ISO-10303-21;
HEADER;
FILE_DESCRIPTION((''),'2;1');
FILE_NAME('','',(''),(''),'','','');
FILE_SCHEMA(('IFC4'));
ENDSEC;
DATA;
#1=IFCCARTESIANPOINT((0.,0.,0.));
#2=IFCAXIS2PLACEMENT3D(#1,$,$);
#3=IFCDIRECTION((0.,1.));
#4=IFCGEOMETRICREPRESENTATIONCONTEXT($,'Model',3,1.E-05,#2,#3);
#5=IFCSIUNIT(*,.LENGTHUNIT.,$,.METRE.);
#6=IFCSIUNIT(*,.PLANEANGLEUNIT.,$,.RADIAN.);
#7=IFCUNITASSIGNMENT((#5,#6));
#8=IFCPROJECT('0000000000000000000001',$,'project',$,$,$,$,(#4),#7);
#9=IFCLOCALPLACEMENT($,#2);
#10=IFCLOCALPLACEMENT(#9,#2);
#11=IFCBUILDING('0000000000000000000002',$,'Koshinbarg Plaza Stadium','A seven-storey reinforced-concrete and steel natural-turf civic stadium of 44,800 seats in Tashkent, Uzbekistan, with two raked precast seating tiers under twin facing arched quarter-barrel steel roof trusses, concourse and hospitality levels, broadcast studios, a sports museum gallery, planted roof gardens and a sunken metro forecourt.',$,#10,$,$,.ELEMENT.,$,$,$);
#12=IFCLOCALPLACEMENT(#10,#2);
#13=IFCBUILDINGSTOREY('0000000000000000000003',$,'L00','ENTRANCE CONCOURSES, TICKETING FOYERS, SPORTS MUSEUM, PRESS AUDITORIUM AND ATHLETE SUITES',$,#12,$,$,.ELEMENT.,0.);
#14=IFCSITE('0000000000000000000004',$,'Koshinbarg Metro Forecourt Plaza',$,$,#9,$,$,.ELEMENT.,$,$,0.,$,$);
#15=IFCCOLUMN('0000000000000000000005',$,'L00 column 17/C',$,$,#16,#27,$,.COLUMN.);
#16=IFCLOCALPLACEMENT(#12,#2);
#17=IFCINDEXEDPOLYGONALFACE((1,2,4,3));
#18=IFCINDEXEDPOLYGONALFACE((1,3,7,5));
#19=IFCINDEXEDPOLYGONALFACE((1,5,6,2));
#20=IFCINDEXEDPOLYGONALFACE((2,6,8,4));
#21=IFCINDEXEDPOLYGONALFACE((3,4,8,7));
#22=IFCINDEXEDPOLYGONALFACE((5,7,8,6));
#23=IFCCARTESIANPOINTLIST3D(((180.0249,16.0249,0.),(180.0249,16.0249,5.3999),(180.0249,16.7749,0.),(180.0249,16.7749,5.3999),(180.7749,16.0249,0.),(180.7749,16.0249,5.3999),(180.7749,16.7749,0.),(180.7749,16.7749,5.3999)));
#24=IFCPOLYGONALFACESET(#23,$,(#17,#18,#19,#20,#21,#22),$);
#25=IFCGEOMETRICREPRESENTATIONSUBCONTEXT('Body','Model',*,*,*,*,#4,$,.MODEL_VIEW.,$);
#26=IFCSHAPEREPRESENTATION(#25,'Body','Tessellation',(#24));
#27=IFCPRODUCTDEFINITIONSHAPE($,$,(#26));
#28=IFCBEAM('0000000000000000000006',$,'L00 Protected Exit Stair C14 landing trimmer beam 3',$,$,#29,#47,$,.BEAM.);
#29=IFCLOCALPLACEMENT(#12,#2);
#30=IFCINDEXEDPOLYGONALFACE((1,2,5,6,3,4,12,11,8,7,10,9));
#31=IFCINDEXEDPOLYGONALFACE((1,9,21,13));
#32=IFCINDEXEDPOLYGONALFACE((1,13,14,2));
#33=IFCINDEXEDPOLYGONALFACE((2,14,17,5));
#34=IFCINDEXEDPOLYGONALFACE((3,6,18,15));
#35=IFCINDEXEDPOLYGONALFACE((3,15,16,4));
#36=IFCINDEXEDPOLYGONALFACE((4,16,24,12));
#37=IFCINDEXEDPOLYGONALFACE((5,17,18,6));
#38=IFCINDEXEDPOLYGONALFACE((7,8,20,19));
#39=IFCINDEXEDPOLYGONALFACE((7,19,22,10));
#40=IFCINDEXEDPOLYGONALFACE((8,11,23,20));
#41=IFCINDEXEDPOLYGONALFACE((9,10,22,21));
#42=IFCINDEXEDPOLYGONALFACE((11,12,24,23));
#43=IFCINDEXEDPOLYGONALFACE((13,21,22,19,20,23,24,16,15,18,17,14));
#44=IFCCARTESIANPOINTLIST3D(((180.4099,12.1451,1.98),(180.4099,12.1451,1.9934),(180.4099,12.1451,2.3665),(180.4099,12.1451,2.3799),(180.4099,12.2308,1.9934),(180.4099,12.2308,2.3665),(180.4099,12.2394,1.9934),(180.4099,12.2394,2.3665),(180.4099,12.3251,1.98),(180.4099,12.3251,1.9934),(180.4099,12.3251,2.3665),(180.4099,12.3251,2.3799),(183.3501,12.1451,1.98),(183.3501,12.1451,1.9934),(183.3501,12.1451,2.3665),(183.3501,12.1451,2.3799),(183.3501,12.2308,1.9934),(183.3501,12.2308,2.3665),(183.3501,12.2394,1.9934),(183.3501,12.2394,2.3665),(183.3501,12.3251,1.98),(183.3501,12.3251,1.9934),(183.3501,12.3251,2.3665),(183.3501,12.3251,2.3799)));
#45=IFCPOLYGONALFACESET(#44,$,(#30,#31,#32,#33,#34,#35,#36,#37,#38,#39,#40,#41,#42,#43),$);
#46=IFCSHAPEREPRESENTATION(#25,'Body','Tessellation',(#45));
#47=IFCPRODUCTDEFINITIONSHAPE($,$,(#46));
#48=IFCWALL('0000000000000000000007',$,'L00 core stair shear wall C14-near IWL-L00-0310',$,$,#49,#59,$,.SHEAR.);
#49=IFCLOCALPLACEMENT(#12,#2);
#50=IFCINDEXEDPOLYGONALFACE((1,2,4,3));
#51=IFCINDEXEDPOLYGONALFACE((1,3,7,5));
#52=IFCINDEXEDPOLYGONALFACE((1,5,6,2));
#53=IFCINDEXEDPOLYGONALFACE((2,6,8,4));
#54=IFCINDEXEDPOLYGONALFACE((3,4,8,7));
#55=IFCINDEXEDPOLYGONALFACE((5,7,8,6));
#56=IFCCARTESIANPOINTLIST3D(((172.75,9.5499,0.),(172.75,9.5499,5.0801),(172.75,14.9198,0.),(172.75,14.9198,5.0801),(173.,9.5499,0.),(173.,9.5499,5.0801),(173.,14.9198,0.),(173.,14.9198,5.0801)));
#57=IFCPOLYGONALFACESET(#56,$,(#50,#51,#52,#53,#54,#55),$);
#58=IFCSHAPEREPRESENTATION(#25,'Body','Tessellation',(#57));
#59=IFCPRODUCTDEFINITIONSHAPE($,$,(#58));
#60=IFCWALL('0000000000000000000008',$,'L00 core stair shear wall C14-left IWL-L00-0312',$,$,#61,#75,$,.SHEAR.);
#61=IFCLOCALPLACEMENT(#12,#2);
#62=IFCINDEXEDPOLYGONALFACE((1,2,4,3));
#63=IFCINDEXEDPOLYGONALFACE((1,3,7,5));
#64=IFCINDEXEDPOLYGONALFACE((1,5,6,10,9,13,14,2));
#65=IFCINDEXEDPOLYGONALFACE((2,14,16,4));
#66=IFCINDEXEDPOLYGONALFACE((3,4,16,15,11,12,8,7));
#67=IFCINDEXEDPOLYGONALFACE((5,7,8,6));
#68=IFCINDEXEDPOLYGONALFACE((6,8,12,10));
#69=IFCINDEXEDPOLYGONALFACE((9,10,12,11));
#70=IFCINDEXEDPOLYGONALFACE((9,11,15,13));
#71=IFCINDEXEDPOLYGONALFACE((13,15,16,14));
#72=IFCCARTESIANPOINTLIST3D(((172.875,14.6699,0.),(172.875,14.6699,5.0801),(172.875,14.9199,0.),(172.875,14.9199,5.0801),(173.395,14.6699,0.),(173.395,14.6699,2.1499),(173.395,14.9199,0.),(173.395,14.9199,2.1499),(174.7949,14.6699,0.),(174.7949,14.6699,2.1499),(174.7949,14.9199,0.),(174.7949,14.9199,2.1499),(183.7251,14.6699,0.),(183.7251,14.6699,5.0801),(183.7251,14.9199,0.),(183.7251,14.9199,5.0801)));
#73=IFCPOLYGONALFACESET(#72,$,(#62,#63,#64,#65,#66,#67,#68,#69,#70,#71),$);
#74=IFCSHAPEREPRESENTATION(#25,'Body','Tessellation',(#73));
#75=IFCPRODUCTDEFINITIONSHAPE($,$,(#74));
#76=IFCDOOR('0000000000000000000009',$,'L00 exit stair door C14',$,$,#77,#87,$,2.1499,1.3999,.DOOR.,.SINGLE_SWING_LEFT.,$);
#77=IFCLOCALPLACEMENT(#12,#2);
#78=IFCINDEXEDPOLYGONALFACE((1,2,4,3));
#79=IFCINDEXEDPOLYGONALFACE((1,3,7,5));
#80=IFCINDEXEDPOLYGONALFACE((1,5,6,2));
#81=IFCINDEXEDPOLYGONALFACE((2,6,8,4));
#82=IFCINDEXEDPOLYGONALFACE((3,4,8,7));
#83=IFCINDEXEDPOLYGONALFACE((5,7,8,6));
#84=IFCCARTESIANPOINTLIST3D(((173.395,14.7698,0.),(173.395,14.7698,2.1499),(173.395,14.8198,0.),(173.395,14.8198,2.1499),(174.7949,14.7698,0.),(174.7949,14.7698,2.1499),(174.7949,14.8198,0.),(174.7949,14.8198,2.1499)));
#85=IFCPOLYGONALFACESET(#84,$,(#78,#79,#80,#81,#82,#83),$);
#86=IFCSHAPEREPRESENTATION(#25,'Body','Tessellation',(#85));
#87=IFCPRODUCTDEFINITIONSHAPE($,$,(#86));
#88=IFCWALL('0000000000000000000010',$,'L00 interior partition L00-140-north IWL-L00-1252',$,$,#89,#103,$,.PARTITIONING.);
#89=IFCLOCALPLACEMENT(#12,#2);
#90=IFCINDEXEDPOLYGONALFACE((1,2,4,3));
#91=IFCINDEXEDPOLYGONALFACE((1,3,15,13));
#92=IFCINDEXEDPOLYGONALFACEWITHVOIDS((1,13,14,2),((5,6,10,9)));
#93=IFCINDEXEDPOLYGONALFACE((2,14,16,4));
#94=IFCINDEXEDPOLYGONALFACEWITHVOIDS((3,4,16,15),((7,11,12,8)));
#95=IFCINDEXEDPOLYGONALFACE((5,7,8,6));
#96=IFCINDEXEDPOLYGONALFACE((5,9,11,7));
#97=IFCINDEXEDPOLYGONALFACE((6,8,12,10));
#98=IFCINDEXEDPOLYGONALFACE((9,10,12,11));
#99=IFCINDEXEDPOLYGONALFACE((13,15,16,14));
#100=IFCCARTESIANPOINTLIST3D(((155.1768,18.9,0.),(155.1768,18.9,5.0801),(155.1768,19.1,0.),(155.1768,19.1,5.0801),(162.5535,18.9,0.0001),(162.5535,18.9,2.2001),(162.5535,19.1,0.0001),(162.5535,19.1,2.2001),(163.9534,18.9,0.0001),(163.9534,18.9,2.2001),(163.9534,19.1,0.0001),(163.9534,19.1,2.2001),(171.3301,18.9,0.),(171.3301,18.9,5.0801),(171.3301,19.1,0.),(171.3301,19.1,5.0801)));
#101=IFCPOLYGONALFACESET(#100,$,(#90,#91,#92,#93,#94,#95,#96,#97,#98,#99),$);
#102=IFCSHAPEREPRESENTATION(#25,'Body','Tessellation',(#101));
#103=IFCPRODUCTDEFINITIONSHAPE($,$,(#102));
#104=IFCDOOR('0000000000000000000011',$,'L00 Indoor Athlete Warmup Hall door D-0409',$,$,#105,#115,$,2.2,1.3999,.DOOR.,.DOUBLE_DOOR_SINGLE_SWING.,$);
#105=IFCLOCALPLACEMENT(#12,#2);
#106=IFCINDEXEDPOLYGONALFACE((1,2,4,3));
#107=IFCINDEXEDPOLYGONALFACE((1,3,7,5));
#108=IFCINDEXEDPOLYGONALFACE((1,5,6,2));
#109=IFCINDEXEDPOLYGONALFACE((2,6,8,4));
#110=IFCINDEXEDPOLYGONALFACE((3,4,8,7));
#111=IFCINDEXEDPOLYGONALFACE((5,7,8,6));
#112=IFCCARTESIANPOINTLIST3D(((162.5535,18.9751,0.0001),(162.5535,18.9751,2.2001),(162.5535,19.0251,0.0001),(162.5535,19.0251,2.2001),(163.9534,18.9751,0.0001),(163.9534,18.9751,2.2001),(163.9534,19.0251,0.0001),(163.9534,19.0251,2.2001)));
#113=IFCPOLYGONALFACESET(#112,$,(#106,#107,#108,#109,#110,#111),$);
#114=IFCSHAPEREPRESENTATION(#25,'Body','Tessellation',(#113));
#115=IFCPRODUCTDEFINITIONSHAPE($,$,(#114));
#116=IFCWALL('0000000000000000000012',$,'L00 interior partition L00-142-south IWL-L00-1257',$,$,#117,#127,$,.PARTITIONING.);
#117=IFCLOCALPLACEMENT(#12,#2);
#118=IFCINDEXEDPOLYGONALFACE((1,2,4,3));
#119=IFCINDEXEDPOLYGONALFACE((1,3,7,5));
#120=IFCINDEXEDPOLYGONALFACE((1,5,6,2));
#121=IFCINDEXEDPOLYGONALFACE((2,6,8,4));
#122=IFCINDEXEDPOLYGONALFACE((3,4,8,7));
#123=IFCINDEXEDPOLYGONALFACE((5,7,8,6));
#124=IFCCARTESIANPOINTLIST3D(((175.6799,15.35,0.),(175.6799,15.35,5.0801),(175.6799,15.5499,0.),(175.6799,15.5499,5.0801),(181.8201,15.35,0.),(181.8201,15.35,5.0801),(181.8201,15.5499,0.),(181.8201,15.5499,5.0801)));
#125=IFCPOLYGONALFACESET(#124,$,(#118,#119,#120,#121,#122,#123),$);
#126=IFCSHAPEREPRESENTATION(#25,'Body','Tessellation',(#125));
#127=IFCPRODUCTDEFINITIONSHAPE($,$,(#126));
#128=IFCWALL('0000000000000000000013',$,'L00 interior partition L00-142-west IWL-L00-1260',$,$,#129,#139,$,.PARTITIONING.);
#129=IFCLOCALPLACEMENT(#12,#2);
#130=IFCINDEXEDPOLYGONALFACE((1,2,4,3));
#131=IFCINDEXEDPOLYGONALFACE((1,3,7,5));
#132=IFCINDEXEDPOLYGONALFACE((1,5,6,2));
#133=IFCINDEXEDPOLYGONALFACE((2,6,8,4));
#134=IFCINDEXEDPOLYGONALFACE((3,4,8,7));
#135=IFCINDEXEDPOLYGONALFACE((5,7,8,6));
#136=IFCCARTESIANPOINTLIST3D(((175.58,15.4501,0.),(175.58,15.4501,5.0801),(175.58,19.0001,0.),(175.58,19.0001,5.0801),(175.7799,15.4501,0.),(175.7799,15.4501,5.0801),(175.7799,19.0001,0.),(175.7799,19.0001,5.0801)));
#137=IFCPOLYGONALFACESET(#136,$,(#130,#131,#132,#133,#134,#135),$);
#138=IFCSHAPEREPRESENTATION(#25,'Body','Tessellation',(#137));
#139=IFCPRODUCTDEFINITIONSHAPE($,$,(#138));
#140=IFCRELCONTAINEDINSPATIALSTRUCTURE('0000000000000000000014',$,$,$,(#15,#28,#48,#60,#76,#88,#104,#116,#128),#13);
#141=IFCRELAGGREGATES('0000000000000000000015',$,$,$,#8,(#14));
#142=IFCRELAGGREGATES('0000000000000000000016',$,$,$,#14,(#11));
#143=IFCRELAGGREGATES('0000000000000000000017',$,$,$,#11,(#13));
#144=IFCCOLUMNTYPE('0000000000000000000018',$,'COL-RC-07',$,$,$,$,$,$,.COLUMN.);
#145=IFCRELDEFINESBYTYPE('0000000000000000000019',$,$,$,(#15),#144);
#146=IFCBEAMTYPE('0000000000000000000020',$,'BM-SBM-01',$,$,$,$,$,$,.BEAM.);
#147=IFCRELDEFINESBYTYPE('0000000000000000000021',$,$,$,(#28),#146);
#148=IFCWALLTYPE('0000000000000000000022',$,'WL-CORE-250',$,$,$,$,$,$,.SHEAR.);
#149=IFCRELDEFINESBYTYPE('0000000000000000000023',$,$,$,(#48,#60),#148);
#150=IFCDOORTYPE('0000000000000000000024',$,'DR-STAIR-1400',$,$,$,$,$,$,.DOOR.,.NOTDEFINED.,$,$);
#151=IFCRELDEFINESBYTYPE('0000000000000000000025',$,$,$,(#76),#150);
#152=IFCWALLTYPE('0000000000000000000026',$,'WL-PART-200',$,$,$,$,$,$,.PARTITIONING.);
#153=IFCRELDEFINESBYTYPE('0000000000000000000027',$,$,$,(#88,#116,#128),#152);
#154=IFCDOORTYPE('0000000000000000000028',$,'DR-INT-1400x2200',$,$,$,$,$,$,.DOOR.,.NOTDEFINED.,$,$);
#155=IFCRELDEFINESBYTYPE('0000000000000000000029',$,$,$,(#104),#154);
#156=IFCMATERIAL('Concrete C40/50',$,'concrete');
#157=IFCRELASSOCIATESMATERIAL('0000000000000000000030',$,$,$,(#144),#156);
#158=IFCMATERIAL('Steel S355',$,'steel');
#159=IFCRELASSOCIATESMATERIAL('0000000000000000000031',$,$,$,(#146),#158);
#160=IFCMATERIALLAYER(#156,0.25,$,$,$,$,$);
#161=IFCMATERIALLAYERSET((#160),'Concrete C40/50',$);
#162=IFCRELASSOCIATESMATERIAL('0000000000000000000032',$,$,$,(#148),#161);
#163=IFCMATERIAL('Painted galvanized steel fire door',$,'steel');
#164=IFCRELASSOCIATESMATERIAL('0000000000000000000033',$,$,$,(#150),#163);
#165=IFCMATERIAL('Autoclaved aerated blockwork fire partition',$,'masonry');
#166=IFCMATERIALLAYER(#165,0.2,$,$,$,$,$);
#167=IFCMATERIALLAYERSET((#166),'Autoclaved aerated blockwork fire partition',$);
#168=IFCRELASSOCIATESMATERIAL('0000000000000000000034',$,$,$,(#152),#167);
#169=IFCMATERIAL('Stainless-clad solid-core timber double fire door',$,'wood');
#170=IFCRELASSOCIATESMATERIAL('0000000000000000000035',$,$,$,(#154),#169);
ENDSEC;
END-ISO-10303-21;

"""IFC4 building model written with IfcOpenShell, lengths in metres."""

from ifc_helpers import new_model, si_unit, direction, frame, frame_2d, origin, origin_2d, place, context, subcontext, project, spatial, rectangle, i_section, extrude, material, layer, layer_set, material_profile, profile_set, type_object, element, fill, save


model = new_model("IFC4")

# Units and contexts
model_context = context("Model", 3, precision=1e-05, world=origin(), true_north=direction((0.0, 1.0)))
body_context = subcontext(model_context, "Body", "Model", "MODEL_VIEW")
ifc_project = project(units=[si_unit("LENGTHUNIT", "METRE"), si_unit("PLANEANGLEUNIT", "RADIAN")], contexts=[model_context])

# Site, building, storey
site_placement = place(None, origin())
site = spatial("IfcSite", under=ifc_project, at=site_placement, Name="Koshinbarg Metro Forecourt Plaza", CompositionType="ELEMENT", RefElevation=0.0)
building_placement = place(site_placement, origin())
building = spatial("IfcBuilding", under=site, at=building_placement, Name="Koshinbarg Plaza Stadium", Description="A seven-storey reinforced-concrete and steel natural-turf civic stadium of 44,800 seats in Tashkent, Uzbekistan, with two raked precast seating tiers under twin facing arched quarter-barrel steel roof trusses, concourse and hospitality levels, broadcast studios, a sports museum gallery, planted roof gardens and a sunken metro forecourt.", CompositionType="ELEMENT")
storey_placement = place(building_placement, origin())
storey = spatial("IfcBuildingStorey", under=building, at=storey_placement, Name="L00", Description="ENTRANCE CONCOURSES, TICKETING FOYERS, SPORTS MUSEUM, PRESS AUDITORIUM AND ATHLETE SUITES", CompositionType="ELEMENT", Elevation=0.0)

# Column
ifc_material_1 = material(Name="Concrete C40/50", Category="concrete")
ifc_material_profile_1 = material_profile(ifc_material_1, rectangle(XDim=0.75, YDim=0.75, at=origin_2d()), Name="RC 750x750")
ifc_profile_set_1 = profile_set([ifc_material_profile_1], Name="Concrete C40/50")
column_type_1 = type_object("IfcColumnType", Name="COL-RC-07", PredefinedType="COLUMN", material=ifc_profile_set_1)
column_1_placement = place(storey_placement, frame((180.3999, 16.3999, 0.0), z_axis=(0.0, 0.0, 1.0), x_axis=(1.0, 0.0, 0.0)))
element("IfcColumn", 1, at=column_1_placement, inside=storey, type_object=column_type_1, Name="L00 column 17/C", PredefinedType="COLUMN", context=body_context, shape_type="SweptSolid", body=[
    extrude(rectangle(XDim=0.75, YDim=0.75, at=origin_2d()), origin(), (0.0, 0.0, 1.0), 5.3999),
])

# Beam
ifc_material_2 = material(Name="Steel S355", Category="steel")
ifc_material_profile_2 = material_profile(ifc_material_2, i_section(OverallWidth=0.1799, OverallDepth=0.3999, WebThickness=0.0085, FlangeThickness=0.0134, at=origin_2d()), Name="IPE 400")
ifc_profile_set_2 = profile_set([ifc_material_profile_2], Name="Steel S355")
beam_type = type_object("IfcBeamType", Name="BM-SBM-01", PredefinedType="BEAM", material=ifc_profile_set_2)
beam_placement = place(storey_placement, frame((180.4099, 12.2351, 2.1799), z_axis=(1.0, 0.0, 0.0), x_axis=(0.0, 1.0, 0.0)))
element("IfcBeam", 2, at=beam_placement, inside=storey, type_object=beam_type, Name="L00 Protected Exit Stair C14 landing trimmer beam 3", PredefinedType="BEAM", context=body_context, shape_type="SweptSolid", body=[
    extrude(i_section(OverallWidth=0.1799, OverallDepth=0.3999, WebThickness=0.0085, FlangeThickness=0.0134, at=origin_2d()), origin(), (0.0, 0.0, 1.0), 2.9402),
])

# Wall
ifc_layer_1 = layer(ifc_material_1, 0.25)
ifc_layer_set_1 = layer_set([ifc_layer_1], Name="Concrete C40/50")
wall_type_1 = type_object("IfcWallType", Name="WL-CORE-250", PredefinedType="SHEAR", material=ifc_layer_set_1)
wall_1_placement = place(storey_placement, frame((172.875, 14.9199, 0.0), z_axis=(0.0, 0.0, 1.0), x_axis=(0.0, -1.0, 0.0)))
element("IfcWall", 3, at=wall_1_placement, inside=storey, type_object=wall_type_1, Name="L00 core stair shear wall C14-near IWL-L00-0310", PredefinedType="SHEAR", context=body_context, shape_type="SweptSolid", body=[
    extrude(rectangle(XDim=5.3699, YDim=0.25, at=frame_2d((2.6851, 0.0))), origin(), (0.0, 0.0, 1.0), 5.0801),
])

# Walls, openings, doors
wall_2_placement = place(storey_placement, frame((172.875, 14.7949, 0.0), z_axis=(0.0, 0.0, 1.0), x_axis=(1.0, 0.0, 0.0)))
wall_2 = element("IfcWall", 4, at=wall_2_placement, inside=storey, type_object=wall_type_1, Name="L00 core stair shear wall C14-left IWL-L00-0312", PredefinedType="SHEAR", context=body_context, shape_type="SweptSolid", body=[
    extrude(rectangle(XDim=10.8501, YDim=0.25, at=frame_2d((5.425, 0.0))), origin(), (0.0, 0.0, 1.0), 5.0801),
])
opening_1_placement = place(wall_2_placement, frame((0.52, 0.0, 0.0)))
opening_1 = element("IfcOpeningElement", 5, at=opening_1_placement, cuts=wall_2, PredefinedType="OPENING", context=body_context, shape_type="SweptSolid", body=[
    extrude(rectangle(XDim=1.3999, YDim=2.1499, at=frame_2d((0.7, 1.075))), frame((0.0, 0.135, 0.0), z_axis=(0.0, -1.0, 0.0), x_axis=(1.0, 0.0, 0.0)), (0.0, 0.0, 1.0), 0.27),
])
ifc_material_3 = material(Name="Painted galvanized steel fire door", Category="steel")
door_type_1 = type_object("IfcDoorType", Name="DR-STAIR-1400", OperationType="NOTDEFINED", PredefinedType="DOOR", material=ifc_material_3)
door_1_placement = place(opening_1_placement, origin())
door_1 = element("IfcDoor", 6, at=door_1_placement, inside=storey, type_object=door_type_1, Name="L00 exit stair door C14", OperationType="SINGLE_SWING_LEFT", OverallHeight=2.1499, OverallWidth=1.3999, PredefinedType="DOOR", context=body_context, shape_type="SweptSolid", body=[
    extrude(rectangle(XDim=1.3999, YDim=2.1499, at=frame_2d((0.7, 1.075))), frame((0.0, 0.0249, 0.0), z_axis=(0.0, -1.0, 0.0), x_axis=(1.0, 0.0, 0.0)), (0.0, 0.0, 1.0), 0.05),
])
fill(opening_1, door_1)
ifc_material_4 = material(Name="Autoclaved aerated blockwork fire partition", Category="masonry")
ifc_layer_2 = layer(ifc_material_4, 0.2)
ifc_layer_set_2 = layer_set([ifc_layer_2], Name="Autoclaved aerated blockwork fire partition")
wall_type_2 = type_object("IfcWallType", Name="WL-PART-200", PredefinedType="PARTITIONING", material=ifc_layer_set_2)
wall_3_placement = place(storey_placement, frame((171.3301, 19.0, 0.0), z_axis=(0.0, 0.0, 1.0), x_axis=(-1.0, 0.0, 0.0)))
wall_3 = element("IfcWall", 7, at=wall_3_placement, inside=storey, type_object=wall_type_2, Name="L00 interior partition L00-140-north IWL-L00-1252", PredefinedType="PARTITIONING", context=body_context, shape_type="SweptSolid", body=[
    extrude(rectangle(XDim=16.1533, YDim=0.2, at=frame_2d((8.0767, 0.0))), origin(), (0.0, 0.0, 1.0), 5.0801),
])
opening_2_placement = place(wall_3_placement, frame((7.3767, 0.0, 0.0)))
opening_2 = element("IfcOpeningElement", 8, at=opening_2_placement, cuts=wall_3, PredefinedType="OPENING", context=body_context, shape_type="SweptSolid", body=[
    extrude(rectangle(XDim=1.3999, YDim=2.2, at=frame_2d((0.7, 1.1001))), frame((0.0, 0.1099, 0.0), z_axis=(0.0, -1.0, 0.0), x_axis=(1.0, 0.0, 0.0)), (0.0, 0.0, 1.0), 0.22),
])
ifc_material_5 = material(Name="Stainless-clad solid-core timber double fire door", Category="wood")
door_type_2 = type_object("IfcDoorType", Name="DR-INT-1400x2200", OperationType="NOTDEFINED", PredefinedType="DOOR", material=ifc_material_5)
door_2_placement = place(opening_2_placement, origin())
door_2 = element("IfcDoor", 9, at=door_2_placement, inside=storey, type_object=door_type_2, Name="L00 Indoor Athlete Warmup Hall door D-0409", OperationType="DOUBLE_DOOR_SINGLE_SWING", OverallHeight=2.2, OverallWidth=1.3999, PredefinedType="DOOR", context=body_context, shape_type="SweptSolid", body=[
    extrude(rectangle(XDim=1.3999, YDim=2.2, at=frame_2d((0.7, 1.1001))), frame((0.0, 0.0249, 0.0), z_axis=(0.0, -1.0, 0.0), x_axis=(1.0, 0.0, 0.0)), (0.0, 0.0, 1.0), 0.05),
])
fill(opening_2, door_2)

# Walls
wall_4_placement = place(storey_placement, frame((175.6799, 15.45, 0.0), z_axis=(0.0, 0.0, 1.0), x_axis=(1.0, 0.0, 0.0)))
element("IfcWall", 10, at=wall_4_placement, inside=storey, type_object=wall_type_2, Name="L00 interior partition L00-142-south IWL-L00-1257", PredefinedType="PARTITIONING", context=body_context, shape_type="SweptSolid", body=[
    extrude(rectangle(XDim=6.1401, YDim=0.2, at=frame_2d((3.0701, 0.0))), origin(), (0.0, 0.0, 1.0), 5.0801),
])
wall_5_placement = place(storey_placement, frame((175.6799, 19.0, 0.0), z_axis=(0.0, 0.0, 1.0), x_axis=(0.0, -1.0, 0.0)))
element("IfcWall", 11, at=wall_5_placement, inside=storey, type_object=wall_type_2, Name="L00 interior partition L00-142-west IWL-L00-1260", PredefinedType="PARTITIONING", context=body_context, shape_type="SweptSolid", body=[
    extrude(rectangle(XDim=3.55, YDim=0.2, at=frame_2d((1.7749, 0.0))), origin(), (0.0, 0.0, 1.0), 5.0801),
])

save(model, "model.ifc")
